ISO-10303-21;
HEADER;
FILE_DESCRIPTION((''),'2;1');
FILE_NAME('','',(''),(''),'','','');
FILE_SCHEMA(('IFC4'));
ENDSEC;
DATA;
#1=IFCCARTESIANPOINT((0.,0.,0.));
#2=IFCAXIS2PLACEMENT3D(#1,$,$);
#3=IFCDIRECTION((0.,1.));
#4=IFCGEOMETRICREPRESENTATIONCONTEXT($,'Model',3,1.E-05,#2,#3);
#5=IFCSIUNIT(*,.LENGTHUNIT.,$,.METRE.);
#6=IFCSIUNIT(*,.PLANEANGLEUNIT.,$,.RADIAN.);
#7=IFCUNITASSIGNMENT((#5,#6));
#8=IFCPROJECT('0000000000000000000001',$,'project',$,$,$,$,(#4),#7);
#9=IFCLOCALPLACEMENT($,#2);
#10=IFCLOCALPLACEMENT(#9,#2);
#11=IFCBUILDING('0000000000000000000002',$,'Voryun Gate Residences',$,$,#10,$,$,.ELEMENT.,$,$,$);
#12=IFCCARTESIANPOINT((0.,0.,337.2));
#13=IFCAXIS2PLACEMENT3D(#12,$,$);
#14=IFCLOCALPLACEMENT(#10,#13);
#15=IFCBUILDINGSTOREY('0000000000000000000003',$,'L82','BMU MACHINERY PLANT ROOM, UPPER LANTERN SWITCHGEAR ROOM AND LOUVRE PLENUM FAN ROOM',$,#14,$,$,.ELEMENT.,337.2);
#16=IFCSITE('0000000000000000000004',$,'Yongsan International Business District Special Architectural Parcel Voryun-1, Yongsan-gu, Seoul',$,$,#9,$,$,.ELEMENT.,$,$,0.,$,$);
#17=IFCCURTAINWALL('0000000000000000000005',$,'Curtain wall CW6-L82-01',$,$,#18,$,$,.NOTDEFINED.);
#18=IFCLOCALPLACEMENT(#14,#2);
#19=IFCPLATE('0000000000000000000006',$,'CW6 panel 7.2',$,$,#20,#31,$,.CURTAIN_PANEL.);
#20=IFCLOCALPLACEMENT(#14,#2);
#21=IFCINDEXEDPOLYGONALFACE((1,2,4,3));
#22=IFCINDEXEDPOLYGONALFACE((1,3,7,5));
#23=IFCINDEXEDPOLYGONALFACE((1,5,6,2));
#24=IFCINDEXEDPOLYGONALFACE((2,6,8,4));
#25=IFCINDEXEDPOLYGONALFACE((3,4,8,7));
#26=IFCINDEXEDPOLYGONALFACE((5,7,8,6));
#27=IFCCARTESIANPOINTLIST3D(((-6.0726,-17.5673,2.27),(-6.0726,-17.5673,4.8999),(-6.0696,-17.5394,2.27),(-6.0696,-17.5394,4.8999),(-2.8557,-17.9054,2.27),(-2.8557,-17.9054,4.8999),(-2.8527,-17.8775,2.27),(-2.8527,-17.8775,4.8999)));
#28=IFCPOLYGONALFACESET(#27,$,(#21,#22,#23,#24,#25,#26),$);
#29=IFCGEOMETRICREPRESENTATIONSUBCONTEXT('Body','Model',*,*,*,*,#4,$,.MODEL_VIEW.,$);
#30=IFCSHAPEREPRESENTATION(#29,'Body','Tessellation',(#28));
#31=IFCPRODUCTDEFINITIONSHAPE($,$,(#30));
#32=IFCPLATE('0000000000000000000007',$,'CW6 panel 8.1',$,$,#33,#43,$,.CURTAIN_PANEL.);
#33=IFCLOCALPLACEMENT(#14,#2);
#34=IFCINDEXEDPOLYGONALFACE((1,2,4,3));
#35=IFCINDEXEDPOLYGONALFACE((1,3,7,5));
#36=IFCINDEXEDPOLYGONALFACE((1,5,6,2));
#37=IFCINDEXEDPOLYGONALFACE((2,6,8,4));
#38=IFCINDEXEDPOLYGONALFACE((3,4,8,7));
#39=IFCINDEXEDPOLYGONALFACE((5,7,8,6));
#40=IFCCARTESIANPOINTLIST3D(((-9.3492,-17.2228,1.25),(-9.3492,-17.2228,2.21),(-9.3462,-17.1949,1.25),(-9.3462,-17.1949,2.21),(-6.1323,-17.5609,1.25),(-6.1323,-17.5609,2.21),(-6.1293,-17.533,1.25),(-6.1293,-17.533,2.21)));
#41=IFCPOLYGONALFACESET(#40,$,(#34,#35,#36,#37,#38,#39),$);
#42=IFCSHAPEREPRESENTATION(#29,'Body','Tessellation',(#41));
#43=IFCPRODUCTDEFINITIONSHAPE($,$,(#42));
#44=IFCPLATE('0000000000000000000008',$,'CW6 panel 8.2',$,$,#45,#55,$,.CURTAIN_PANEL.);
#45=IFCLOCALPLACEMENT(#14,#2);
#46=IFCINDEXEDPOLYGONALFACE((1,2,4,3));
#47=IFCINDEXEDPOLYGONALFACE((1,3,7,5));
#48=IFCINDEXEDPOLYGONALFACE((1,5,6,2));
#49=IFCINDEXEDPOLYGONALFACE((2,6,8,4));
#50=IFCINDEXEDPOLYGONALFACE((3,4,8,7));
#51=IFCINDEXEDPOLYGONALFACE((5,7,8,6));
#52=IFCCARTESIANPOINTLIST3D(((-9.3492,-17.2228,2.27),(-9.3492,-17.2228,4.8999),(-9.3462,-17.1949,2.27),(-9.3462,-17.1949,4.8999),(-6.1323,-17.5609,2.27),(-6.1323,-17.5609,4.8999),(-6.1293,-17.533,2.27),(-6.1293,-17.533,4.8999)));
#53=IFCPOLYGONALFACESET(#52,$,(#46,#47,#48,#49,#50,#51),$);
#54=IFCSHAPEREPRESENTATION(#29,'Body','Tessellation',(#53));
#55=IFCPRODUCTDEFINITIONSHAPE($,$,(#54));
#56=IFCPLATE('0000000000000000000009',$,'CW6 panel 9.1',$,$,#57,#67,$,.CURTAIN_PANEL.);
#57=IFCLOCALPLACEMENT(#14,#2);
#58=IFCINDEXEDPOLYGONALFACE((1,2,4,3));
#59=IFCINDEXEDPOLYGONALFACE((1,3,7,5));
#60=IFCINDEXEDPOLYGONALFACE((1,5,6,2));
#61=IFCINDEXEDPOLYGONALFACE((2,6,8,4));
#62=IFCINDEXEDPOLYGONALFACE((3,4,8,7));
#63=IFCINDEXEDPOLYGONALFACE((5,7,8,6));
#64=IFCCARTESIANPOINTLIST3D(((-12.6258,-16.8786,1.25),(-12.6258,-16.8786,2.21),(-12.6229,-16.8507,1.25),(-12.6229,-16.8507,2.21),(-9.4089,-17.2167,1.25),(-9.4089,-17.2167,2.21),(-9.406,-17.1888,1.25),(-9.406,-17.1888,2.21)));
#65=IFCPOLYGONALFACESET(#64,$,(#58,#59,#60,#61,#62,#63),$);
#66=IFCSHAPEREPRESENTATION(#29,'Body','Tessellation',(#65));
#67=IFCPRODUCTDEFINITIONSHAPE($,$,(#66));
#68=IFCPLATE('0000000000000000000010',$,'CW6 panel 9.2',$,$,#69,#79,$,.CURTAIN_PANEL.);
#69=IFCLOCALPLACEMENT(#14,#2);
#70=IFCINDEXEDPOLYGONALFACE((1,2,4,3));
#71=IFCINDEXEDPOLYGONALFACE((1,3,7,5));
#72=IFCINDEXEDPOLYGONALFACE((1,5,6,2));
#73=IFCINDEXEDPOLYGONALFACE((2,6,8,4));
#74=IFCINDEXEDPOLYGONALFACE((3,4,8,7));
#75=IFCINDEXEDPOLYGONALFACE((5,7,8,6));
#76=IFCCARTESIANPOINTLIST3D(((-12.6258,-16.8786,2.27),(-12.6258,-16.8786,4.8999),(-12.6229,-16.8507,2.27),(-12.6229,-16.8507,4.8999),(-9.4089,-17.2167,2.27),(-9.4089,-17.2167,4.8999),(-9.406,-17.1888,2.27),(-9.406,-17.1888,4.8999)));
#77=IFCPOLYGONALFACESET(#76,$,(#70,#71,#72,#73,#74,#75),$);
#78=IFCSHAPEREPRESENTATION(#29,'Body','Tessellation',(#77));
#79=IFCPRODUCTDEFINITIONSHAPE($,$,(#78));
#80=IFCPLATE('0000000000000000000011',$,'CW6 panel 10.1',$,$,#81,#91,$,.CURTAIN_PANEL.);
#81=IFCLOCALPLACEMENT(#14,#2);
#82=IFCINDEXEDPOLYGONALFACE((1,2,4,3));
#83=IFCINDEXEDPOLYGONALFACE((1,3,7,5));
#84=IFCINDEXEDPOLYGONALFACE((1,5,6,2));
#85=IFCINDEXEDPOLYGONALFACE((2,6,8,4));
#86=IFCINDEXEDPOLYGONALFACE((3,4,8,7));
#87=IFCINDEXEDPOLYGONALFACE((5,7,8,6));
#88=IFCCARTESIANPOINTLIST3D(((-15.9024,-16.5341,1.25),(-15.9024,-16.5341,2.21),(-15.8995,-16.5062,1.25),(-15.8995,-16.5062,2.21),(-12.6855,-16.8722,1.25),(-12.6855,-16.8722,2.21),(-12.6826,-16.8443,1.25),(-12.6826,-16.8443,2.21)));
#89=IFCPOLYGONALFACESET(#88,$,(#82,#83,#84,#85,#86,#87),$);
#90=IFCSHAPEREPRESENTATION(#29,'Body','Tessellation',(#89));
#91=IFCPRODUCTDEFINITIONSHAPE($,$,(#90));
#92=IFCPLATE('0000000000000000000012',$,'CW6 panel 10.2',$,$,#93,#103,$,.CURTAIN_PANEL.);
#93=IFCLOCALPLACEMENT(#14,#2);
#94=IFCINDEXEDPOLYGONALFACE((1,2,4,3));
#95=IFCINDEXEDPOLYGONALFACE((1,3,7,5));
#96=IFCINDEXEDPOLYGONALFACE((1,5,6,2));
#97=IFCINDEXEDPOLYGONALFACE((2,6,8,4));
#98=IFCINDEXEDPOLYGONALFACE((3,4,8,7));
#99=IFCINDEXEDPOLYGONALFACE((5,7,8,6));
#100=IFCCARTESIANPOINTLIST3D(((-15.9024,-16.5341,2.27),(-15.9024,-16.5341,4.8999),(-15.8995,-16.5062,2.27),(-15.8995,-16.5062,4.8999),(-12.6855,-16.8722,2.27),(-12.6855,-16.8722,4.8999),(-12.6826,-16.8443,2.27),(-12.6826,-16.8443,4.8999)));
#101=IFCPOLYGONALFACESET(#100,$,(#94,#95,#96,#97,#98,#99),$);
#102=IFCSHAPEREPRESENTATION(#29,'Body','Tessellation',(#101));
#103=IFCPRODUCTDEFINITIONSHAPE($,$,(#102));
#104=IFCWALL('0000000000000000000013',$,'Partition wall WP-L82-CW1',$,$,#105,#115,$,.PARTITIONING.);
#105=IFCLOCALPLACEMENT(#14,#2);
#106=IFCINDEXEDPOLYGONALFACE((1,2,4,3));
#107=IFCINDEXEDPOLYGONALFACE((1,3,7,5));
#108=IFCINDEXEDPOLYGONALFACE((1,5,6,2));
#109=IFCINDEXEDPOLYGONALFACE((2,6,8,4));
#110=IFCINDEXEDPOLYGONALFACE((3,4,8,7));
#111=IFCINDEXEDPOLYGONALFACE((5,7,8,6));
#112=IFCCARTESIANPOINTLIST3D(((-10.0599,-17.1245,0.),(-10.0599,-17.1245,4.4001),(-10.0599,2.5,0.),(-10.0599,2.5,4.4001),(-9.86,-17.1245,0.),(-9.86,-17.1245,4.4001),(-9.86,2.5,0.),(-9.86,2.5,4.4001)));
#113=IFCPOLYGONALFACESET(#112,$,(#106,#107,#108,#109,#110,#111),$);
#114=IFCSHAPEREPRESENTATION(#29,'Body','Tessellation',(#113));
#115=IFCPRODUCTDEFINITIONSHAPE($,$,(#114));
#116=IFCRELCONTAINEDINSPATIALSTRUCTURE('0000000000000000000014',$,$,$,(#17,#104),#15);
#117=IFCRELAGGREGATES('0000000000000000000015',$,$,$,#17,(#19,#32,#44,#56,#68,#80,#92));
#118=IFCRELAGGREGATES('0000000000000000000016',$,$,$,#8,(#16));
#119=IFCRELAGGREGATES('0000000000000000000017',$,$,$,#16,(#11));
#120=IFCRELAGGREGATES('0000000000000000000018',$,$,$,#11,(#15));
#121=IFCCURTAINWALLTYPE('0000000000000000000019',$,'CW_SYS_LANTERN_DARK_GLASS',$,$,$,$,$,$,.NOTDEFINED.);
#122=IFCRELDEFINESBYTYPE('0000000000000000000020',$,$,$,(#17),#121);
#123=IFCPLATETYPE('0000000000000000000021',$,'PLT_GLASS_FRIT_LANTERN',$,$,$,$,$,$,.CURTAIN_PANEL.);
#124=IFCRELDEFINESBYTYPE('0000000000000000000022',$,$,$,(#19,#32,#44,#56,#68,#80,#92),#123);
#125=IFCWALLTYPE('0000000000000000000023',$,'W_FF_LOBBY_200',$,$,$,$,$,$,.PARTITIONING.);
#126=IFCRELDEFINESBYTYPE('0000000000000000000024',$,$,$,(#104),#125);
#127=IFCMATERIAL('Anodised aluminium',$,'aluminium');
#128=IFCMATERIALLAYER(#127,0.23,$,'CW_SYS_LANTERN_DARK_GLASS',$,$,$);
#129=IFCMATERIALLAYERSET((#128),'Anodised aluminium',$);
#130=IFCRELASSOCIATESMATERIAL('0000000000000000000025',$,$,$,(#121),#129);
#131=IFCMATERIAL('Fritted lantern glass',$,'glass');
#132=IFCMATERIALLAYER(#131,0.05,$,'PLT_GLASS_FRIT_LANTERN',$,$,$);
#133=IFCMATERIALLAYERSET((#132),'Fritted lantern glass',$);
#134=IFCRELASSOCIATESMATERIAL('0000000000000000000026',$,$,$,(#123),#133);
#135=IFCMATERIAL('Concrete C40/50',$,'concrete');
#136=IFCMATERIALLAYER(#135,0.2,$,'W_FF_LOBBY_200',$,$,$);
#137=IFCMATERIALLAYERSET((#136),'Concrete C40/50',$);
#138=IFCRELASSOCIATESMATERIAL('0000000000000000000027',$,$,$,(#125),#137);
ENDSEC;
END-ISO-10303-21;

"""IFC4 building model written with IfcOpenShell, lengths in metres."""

from ifc_helpers import new_model, si_unit, direction, frame, frame_2d, origin, origin_2d, place, context, subcontext, project, spatial, rectangle, extrude, material, layer, layer_set, type_object, element, aggregate, save


model = new_model("IFC4")

# Units and contexts
model_context = context("Model", 3, precision=1e-05, world=origin(), true_north=direction((0.0, 1.0)))
body_context = subcontext(model_context, "Body", "Model", "MODEL_VIEW")
ifc_project = project(units=[si_unit("LENGTHUNIT", "METRE"), si_unit("PLANEANGLEUNIT", "RADIAN")], contexts=[model_context])

# Site, building, storey
site_placement = place(None, origin())
site = spatial("IfcSite", under=ifc_project, at=site_placement, Name="Yongsan International Business District Special Architectural Parcel Voryun-1, Yongsan-gu, Seoul", CompositionType="ELEMENT", RefElevation=0.0)
building_placement = place(site_placement, origin())
building = spatial("IfcBuilding", under=site, at=building_placement, Name="Voryun Gate Residences", CompositionType="ELEMENT")
storey_placement = place(building_placement, frame((0.0, 0.0, 337.2)))
storey = spatial("IfcBuildingStorey", under=building, at=storey_placement, Name="L82", Description="BMU MACHINERY PLANT ROOM, UPPER LANTERN SWITCHGEAR ROOM AND LOUVRE PLENUM FAN ROOM", CompositionType="ELEMENT", Elevation=337.2)

# Curtain wall
ifc_material_1 = material(Name="Anodised aluminium", Category="aluminium")
ifc_layer_1 = layer(ifc_material_1, 0.23, Name="CW_SYS_LANTERN_DARK_GLASS")
ifc_layer_set_1 = layer_set([ifc_layer_1], Name="Anodised aluminium")
curtain_wall_type = type_object("IfcCurtainWallType", Name="CW_SYS_LANTERN_DARK_GLASS", PredefinedType="NOTDEFINED", material=ifc_layer_set_1)
curtain_wall_placement = place(storey_placement, origin())
curtain_wall = element("IfcCurtainWall", 1, at=curtain_wall_placement, inside=storey, type_object=curtain_wall_type, Name="Curtain wall CW6-L82-01", PredefinedType="NOTDEFINED")

# Plates
ifc_material_2 = material(Name="Fritted lantern glass", Category="glass")
ifc_layer_2 = layer(ifc_material_2, 0.05, Name="PLT_GLASS_FRIT_LANTERN")
ifc_layer_set_2 = layer_set([ifc_layer_2], Name="Fritted lantern glass")
plate_type_1 = type_object("IfcPlateType", Name="PLT_GLASS_FRIT_LANTERN", PredefinedType="CURTAIN_PANEL", material=ifc_layer_set_2)
plate_1_placement = place(storey_placement, frame((-4.4626, -17.7224, 2.27), z_axis=(0.0, 0.0, 1.0), x_axis=(-0.994522, 0.104528, 0.0)))
plate_1 = element("IfcPlate", 2, at=plate_1_placement, type_object=plate_type_1, Name="CW6 panel 7.2", PredefinedType="CURTAIN_PANEL", context=body_context, shape_type="SweptSolid", body=[
    extrude(rectangle(XDim=3.2346, YDim=0.0281, at=origin_2d()), origin(), (0.0, 0.0, 1.0), 2.6299),
])
plate_2_placement = place(storey_placement, frame((-7.7393, -17.3779, 1.25), z_axis=(0.0, 0.0, 1.0), x_axis=(-0.994522, 0.104528, 0.0)))
plate_2 = element("IfcPlate", 3, at=plate_2_placement, type_object=plate_type_1, Name="CW6 panel 8.1", PredefinedType="CURTAIN_PANEL", context=body_context, shape_type="SweptSolid", body=[
    extrude(rectangle(XDim=3.2346, YDim=0.0281, at=origin_2d()), origin(), (0.0, 0.0, 1.0), 0.96),
])
plate_3_placement = place(storey_placement, frame((-7.7393, -17.3779, 2.27), z_axis=(0.0, 0.0, 1.0), x_axis=(-0.994522, 0.104528, 0.0)))
plate_3 = element("IfcPlate", 4, at=plate_3_placement, type_object=plate_type_1, Name="CW6 panel 8.2", PredefinedType="CURTAIN_PANEL", context=body_context, shape_type="SweptSolid", body=[
    extrude(rectangle(XDim=3.2346, YDim=0.0281, at=origin_2d()), origin(), (0.0, 0.0, 1.0), 2.6299),
])
plate_4_placement = place(storey_placement, frame((-11.0159, -17.0337, 1.25), z_axis=(0.0, 0.0, 1.0), x_axis=(-0.994522, 0.104528, 0.0)))
plate_4 = element("IfcPlate", 5, at=plate_4_placement, type_object=plate_type_1, Name="CW6 panel 9.1", PredefinedType="CURTAIN_PANEL", context=body_context, shape_type="SweptSolid", body=[
    extrude(rectangle(XDim=3.2346, YDim=0.0281, at=origin_2d()), origin(), (0.0, 0.0, 1.0), 0.96),
])
plate_5_placement = place(storey_placement, frame((-11.0159, -17.0337, 2.27), z_axis=(0.0, 0.0, 1.0), x_axis=(-0.994522, 0.104528, 0.0)))
plate_5 = element("IfcPlate", 6, at=plate_5_placement, type_object=plate_type_1, Name="CW6 panel 9.2", PredefinedType="CURTAIN_PANEL", context=body_context, shape_type="SweptSolid", body=[
    extrude(rectangle(XDim=3.2346, YDim=0.0281, at=origin_2d()), origin(), (0.0, 0.0, 1.0), 2.6299),
])
plate_6_placement = place(storey_placement, frame((-14.2925, -16.6892, 1.25), z_axis=(0.0, 0.0, 1.0), x_axis=(-0.994522, 0.104528, 0.0)))
plate_6 = element("IfcPlate", 7, at=plate_6_placement, type_object=plate_type_1, Name="CW6 panel 10.1", PredefinedType="CURTAIN_PANEL", context=body_context, shape_type="SweptSolid", body=[
    extrude(rectangle(XDim=3.2346, YDim=0.0281, at=origin_2d()), origin(), (0.0, 0.0, 1.0), 0.96),
])
plate_7_placement = place(storey_placement, frame((-14.2925, -16.6892, 2.27), z_axis=(0.0, 0.0, 1.0), x_axis=(-0.994522, 0.104528, 0.0)))
plate_7 = element("IfcPlate", 8, at=plate_7_placement, type_object=plate_type_1, Name="CW6 panel 10.2", PredefinedType="CURTAIN_PANEL", context=body_context, shape_type="SweptSolid", body=[
    extrude(rectangle(XDim=3.2346, YDim=0.0281, at=origin_2d()), origin(), (0.0, 0.0, 1.0), 2.6299),
])
aggregate(curtain_wall, [plate_1, plate_2, plate_3, plate_4, plate_5, plate_6, plate_7])

# Wall
ifc_material_3 = material(Name="Concrete C40/50", Category="concrete")
ifc_layer_3 = layer(ifc_material_3, 0.2, Name="W_FF_LOBBY_200")
ifc_layer_set_3 = layer_set([ifc_layer_3], Name="Concrete C40/50")
wall_type = type_object("IfcWallType", Name="W_FF_LOBBY_200", PredefinedType="PARTITIONING", material=ifc_layer_set_3)
wall_placement = place(storey_placement, frame((-9.96, -17.1245, 0.0), z_axis=(0.0, 0.0, 1.0), x_axis=(0.0, 1.0, 0.0)))
element("IfcWall", 9, at=wall_placement, inside=storey, type_object=wall_type, Name="Partition wall WP-L82-CW1", PredefinedType="PARTITIONING", context=body_context, shape_type="SweptSolid", body=[
    extrude(rectangle(XDim=19.6245, YDim=0.2, at=frame_2d((9.8123, 0.0))), origin(), (0.0, 0.0, 1.0), 4.4001),
])

save(model, "model.ifc")
